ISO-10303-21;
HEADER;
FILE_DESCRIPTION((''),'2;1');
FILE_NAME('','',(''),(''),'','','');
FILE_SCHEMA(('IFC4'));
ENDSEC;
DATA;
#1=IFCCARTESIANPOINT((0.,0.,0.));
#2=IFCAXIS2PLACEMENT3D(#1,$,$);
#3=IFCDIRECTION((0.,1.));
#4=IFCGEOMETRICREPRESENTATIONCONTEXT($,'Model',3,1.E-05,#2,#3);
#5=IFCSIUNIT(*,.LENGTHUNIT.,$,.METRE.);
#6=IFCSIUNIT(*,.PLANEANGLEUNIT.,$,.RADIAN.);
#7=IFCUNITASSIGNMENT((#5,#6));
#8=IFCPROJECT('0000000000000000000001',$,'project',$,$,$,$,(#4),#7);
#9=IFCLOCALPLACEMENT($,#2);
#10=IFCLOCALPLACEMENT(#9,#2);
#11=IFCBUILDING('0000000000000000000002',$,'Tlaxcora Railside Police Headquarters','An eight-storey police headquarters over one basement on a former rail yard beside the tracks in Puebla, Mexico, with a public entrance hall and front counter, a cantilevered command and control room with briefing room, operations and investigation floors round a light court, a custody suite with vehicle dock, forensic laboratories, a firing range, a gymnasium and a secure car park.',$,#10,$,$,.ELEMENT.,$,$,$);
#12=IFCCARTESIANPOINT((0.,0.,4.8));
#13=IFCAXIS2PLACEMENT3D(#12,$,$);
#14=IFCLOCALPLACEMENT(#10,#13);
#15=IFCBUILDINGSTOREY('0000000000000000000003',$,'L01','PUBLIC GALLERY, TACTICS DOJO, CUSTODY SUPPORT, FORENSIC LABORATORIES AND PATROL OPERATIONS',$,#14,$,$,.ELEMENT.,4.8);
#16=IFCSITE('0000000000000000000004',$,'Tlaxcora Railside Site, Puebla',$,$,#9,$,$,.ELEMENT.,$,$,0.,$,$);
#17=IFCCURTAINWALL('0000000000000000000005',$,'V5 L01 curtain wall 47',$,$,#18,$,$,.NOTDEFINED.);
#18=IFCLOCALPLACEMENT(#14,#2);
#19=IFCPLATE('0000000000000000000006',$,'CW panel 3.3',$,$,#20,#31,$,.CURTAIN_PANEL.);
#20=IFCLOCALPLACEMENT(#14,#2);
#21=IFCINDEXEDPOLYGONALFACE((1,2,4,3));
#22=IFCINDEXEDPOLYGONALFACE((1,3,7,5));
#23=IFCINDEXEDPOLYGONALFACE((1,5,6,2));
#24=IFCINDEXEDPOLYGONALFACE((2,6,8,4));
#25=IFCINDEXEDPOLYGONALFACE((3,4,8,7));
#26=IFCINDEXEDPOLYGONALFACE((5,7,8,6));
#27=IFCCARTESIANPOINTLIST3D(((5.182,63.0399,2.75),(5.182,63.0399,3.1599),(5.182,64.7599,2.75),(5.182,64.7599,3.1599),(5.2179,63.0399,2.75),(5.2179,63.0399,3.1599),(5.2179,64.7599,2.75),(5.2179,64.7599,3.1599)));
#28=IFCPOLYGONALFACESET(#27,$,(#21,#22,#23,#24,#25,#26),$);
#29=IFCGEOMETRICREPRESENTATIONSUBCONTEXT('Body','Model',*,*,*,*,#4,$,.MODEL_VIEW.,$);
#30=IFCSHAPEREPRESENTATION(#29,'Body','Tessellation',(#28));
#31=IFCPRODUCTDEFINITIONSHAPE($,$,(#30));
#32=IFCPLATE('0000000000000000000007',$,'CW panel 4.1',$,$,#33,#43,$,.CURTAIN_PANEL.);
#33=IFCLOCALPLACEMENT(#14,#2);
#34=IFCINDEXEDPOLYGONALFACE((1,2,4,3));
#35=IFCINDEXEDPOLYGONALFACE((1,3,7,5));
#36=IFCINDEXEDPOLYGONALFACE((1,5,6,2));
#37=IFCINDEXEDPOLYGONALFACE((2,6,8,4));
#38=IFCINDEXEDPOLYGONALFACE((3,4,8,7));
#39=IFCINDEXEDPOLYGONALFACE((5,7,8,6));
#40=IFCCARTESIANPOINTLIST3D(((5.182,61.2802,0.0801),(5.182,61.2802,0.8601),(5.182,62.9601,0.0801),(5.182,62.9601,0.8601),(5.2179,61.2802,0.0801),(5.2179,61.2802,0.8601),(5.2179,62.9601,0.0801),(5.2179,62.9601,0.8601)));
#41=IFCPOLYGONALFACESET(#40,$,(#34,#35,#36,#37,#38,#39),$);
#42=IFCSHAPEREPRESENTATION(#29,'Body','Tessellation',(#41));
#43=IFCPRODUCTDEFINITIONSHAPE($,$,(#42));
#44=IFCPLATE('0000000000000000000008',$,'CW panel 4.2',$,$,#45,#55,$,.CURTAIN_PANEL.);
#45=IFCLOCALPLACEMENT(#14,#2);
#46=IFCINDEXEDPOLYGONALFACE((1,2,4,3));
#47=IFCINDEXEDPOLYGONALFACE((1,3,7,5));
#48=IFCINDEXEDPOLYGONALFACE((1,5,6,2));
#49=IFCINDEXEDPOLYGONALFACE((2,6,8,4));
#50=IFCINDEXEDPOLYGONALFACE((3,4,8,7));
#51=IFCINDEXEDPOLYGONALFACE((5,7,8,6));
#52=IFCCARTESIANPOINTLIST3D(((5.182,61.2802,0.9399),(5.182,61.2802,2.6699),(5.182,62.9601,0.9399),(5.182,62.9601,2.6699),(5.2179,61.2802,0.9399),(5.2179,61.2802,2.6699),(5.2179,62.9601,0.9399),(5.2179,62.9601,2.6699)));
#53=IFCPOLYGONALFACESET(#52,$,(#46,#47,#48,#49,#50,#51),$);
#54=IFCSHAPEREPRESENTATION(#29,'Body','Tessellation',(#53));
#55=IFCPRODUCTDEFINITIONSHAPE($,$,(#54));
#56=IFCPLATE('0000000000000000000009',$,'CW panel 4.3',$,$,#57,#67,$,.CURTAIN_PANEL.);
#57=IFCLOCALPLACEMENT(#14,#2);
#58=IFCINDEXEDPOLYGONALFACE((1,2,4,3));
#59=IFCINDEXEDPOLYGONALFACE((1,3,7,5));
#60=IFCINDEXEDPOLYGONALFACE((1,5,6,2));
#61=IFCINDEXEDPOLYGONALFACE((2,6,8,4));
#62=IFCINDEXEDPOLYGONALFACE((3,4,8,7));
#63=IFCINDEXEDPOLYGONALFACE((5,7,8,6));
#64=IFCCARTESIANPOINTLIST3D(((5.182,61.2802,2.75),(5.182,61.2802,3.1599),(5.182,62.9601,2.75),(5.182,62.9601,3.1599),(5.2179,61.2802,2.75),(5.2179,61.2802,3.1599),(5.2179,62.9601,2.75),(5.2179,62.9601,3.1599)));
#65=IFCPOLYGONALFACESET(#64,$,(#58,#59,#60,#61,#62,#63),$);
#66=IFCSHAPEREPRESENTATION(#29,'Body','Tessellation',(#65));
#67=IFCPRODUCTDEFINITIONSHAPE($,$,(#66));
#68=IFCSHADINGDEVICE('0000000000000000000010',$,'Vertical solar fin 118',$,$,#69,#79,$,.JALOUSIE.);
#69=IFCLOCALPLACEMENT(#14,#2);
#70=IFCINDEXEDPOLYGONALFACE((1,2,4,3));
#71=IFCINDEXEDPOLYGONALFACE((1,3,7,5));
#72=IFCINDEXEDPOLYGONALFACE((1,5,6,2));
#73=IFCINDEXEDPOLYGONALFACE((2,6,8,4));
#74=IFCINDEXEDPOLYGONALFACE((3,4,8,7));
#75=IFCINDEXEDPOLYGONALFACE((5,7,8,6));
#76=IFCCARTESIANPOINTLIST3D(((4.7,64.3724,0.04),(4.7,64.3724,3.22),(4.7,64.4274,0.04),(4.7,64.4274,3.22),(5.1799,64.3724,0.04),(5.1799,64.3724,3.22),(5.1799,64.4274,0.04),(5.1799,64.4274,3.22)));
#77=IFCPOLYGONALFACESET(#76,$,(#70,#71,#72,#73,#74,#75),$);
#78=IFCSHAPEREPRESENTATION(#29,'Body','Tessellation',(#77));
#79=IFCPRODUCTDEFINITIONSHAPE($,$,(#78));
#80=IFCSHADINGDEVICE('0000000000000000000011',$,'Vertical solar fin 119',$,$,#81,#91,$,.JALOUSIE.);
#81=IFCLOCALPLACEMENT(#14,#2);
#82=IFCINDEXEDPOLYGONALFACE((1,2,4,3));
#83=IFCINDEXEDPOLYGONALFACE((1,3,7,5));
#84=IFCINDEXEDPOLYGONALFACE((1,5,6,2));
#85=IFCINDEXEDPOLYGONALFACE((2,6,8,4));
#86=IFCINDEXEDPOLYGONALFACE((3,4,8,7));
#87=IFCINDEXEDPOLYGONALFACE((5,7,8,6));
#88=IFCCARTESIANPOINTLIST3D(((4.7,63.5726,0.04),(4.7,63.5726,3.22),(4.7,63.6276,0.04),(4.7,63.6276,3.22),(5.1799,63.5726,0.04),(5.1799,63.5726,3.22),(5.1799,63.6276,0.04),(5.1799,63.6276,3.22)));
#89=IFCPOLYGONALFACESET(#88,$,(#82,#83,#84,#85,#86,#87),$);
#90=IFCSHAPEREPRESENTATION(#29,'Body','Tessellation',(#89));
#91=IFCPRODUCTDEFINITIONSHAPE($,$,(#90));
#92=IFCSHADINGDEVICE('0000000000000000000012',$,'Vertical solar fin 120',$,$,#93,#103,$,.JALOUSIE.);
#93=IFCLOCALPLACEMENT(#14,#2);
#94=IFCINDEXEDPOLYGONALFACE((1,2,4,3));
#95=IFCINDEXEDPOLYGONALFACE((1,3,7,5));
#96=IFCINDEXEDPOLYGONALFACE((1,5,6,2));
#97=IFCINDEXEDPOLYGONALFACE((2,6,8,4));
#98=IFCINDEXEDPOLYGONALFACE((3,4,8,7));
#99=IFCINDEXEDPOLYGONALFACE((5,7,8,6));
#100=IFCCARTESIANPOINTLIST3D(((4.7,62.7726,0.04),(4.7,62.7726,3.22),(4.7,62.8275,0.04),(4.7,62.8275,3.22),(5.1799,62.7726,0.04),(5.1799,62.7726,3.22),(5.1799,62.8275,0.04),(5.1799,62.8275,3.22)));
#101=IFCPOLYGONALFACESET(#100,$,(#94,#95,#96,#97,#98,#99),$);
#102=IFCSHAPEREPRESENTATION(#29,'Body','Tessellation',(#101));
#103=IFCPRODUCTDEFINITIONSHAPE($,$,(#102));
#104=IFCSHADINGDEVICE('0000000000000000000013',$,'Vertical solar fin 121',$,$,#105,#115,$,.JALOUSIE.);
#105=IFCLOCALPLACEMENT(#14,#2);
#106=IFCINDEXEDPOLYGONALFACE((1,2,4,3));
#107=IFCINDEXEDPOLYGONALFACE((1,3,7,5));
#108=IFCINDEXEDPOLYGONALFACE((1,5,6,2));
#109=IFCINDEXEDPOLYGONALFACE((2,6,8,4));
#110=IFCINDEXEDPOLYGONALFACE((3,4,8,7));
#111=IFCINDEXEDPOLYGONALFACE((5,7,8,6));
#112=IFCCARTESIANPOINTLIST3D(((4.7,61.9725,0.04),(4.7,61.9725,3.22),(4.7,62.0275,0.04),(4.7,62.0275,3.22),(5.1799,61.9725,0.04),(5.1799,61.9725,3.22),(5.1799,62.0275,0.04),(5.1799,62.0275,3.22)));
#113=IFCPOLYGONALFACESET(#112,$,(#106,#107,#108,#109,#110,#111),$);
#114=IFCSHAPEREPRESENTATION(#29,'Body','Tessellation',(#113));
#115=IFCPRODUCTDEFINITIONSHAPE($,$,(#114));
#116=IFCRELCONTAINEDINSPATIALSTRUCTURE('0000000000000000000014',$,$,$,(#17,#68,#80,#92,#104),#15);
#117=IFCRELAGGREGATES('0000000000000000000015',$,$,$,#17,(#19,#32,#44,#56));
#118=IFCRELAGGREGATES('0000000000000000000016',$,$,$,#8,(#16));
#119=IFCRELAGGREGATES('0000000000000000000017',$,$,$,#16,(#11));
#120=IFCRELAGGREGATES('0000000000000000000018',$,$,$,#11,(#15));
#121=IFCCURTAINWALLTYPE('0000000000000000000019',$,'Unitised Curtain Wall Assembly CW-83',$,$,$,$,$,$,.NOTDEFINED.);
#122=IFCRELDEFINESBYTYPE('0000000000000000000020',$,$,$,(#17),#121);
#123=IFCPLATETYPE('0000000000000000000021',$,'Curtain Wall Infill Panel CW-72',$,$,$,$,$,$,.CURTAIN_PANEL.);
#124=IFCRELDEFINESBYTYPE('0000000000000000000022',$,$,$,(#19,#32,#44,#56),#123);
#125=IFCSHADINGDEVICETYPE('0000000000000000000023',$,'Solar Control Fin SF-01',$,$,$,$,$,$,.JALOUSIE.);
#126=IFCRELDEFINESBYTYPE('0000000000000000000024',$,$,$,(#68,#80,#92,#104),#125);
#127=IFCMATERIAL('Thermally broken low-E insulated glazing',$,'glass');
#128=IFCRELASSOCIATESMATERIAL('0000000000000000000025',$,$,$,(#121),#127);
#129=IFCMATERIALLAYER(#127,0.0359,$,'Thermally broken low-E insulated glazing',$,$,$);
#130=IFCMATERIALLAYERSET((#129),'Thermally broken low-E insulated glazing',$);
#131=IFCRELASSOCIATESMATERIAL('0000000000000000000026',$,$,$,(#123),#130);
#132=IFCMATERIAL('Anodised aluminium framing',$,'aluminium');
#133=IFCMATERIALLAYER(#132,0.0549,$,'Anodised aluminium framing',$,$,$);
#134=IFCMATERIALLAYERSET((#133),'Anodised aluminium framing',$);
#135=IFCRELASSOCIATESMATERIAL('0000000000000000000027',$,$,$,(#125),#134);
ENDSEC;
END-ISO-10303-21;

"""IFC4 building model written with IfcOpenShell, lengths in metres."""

from ifc_helpers import new_model, si_unit, direction, frame, origin, origin_2d, place, context, subcontext, project, spatial, rectangle, extrude, material, layer, layer_set, type_object, element, aggregate, save


model = new_model("IFC4")

# Units and contexts
model_context = context("Model", 3, precision=1e-05, world=origin(), true_north=direction((0.0, 1.0)))
body_context = subcontext(model_context, "Body", "Model", "MODEL_VIEW")
ifc_project = project(units=[si_unit("LENGTHUNIT", "METRE"), si_unit("PLANEANGLEUNIT", "RADIAN")], contexts=[model_context])

# Site, building, storey
site_placement = place(None, origin())
site = spatial("IfcSite", under=ifc_project, at=site_placement, Name="Tlaxcora Railside Site, Puebla", CompositionType="ELEMENT", RefElevation=0.0)
building_placement = place(site_placement, origin())
building = spatial("IfcBuilding", under=site, at=building_placement, Name="Tlaxcora Railside Police Headquarters", Description="An eight-storey police headquarters over one basement on a former rail yard beside the tracks in Puebla, Mexico, with a public entrance hall and front counter, a cantilevered command and control room with briefing room, operations and investigation floors round a light court, a custody suite with vehicle dock, forensic laboratories, a firing range, a gymnasium and a secure car park.", CompositionType="ELEMENT")
storey_placement = place(building_placement, frame((0.0, 0.0, 4.8)))
storey = spatial("IfcBuildingStorey", under=building, at=storey_placement, Name="L01", Description="PUBLIC GALLERY, TACTICS DOJO, CUSTODY SUPPORT, FORENSIC LABORATORIES AND PATROL OPERATIONS", CompositionType="ELEMENT", Elevation=4.8)

# Curtain wall
ifc_material_1 = material(Name="Thermally broken low-E insulated glazing", Category="glass")
curtain_wall_type = type_object("IfcCurtainWallType", Name="Unitised Curtain Wall Assembly CW-83", PredefinedType="NOTDEFINED", material=ifc_material_1)
curtain_wall_placement = place(storey_placement, origin())
curtain_wall = element("IfcCurtainWall", 1, at=curtain_wall_placement, inside=storey, type_object=curtain_wall_type, Name="V5 L01 curtain wall 47", PredefinedType="NOTDEFINED")
ifc_material_2 = material(Name="Anodised aluminium framing", Category="aluminium")

# Plates
ifc_layer_1 = layer(ifc_material_1, 0.0359, Name="Thermally broken low-E insulated glazing")
ifc_layer_set_1 = layer_set([ifc_layer_1], Name="Thermally broken low-E insulated glazing")
plate_type = type_object("IfcPlateType", Name="Curtain Wall Infill Panel CW-72", PredefinedType="CURTAIN_PANEL", material=ifc_layer_set_1)
plate_1_placement = place(storey_placement, frame((5.2, 63.8999, 2.75), z_axis=(0.0, 0.0, 1.0), x_axis=(0.0, -1.0, 0.0)))
plate_1 = element("IfcPlate", 2, at=plate_1_placement, type_object=plate_type, Name="CW panel 3.3", PredefinedType="CURTAIN_PANEL", context=body_context, shape_type="SweptSolid", body=[
    extrude(rectangle(XDim=1.72, YDim=0.0359, at=origin_2d()), origin(), (0.0, 0.0, 1.0), 0.4099),
])
plate_2_placement = place(storey_placement, frame((5.2, 62.1201, 0.0801), z_axis=(0.0, 0.0, 1.0), x_axis=(0.0, -1.0, 0.0)))
plate_2 = element("IfcPlate", 3, at=plate_2_placement, type_object=plate_type, Name="CW panel 4.1", PredefinedType="CURTAIN_PANEL", context=body_context, shape_type="SweptSolid", body=[
    extrude(rectangle(XDim=1.6799, YDim=0.0359, at=origin_2d()), origin(), (0.0, 0.0, 1.0), 0.78),
])
plate_3_placement = place(storey_placement, frame((5.2, 62.1201, 0.9399), z_axis=(0.0, 0.0, 1.0), x_axis=(0.0, -1.0, 0.0)))
plate_3 = element("IfcPlate", 4, at=plate_3_placement, type_object=plate_type, Name="CW panel 4.2", PredefinedType="CURTAIN_PANEL", context=body_context, shape_type="SweptSolid", body=[
    extrude(rectangle(XDim=1.6799, YDim=0.0359, at=origin_2d()), origin(), (0.0, 0.0, 1.0), 1.73),
])
plate_4_placement = place(storey_placement, frame((5.2, 62.1201, 2.75), z_axis=(0.0, 0.0, 1.0), x_axis=(0.0, -1.0, 0.0)))
plate_4 = element("IfcPlate", 5, at=plate_4_placement, type_object=plate_type, Name="CW panel 4.3", PredefinedType="CURTAIN_PANEL", context=body_context, shape_type="SweptSolid", body=[
    extrude(rectangle(XDim=1.6799, YDim=0.0359, at=origin_2d()), origin(), (0.0, 0.0, 1.0), 0.4099),
])
aggregate(curtain_wall, [plate_1, plate_2, plate_3, plate_4])

# Shading devices
ifc_layer_2 = layer(ifc_material_2, 0.0549, Name="Anodised aluminium framing")
ifc_layer_set_2 = layer_set([ifc_layer_2], Name="Anodised aluminium framing")
shading_device_type = type_object("IfcShadingDeviceType", Name="Solar Control Fin SF-01", PredefinedType="JALOUSIE", material=ifc_layer_set_2)
for number, where, z_axis, x_axis, name in (
    (6, (4.9399, 64.3999, 0.04), (0.0, 0.0, 1.0), (-1.0, 0.0, 0.0), "Vertical solar fin 118"),
    (7, (4.9399, 63.6001, 0.04), (0.0, 0.0, 1.0), (-1.0, 0.0, 0.0), "Vertical solar fin 119"),
    (8, (4.9399, 62.8, 0.04), (0.0, 0.0, 1.0), (-1.0, 0.0, 0.0), "Vertical solar fin 120"),
    (9, (4.9399, 62.0, 0.04), (0.0, 0.0, 1.0), (-1.0, 0.0, 0.0), "Vertical solar fin 121"),
):
    element("IfcShadingDevice", number, at=place(storey_placement, frame(where, z_axis=z_axis, x_axis=x_axis)), inside=storey, type_object=shading_device_type, Name=name, PredefinedType="JALOUSIE", context=body_context, shape_type="SweptSolid", body=[
        extrude(rectangle(XDim=0.48, YDim=0.0549, at=origin_2d()), origin(), (0.0, 0.0, 1.0), 3.1799),
    ])

save(model, "model.ifc")
